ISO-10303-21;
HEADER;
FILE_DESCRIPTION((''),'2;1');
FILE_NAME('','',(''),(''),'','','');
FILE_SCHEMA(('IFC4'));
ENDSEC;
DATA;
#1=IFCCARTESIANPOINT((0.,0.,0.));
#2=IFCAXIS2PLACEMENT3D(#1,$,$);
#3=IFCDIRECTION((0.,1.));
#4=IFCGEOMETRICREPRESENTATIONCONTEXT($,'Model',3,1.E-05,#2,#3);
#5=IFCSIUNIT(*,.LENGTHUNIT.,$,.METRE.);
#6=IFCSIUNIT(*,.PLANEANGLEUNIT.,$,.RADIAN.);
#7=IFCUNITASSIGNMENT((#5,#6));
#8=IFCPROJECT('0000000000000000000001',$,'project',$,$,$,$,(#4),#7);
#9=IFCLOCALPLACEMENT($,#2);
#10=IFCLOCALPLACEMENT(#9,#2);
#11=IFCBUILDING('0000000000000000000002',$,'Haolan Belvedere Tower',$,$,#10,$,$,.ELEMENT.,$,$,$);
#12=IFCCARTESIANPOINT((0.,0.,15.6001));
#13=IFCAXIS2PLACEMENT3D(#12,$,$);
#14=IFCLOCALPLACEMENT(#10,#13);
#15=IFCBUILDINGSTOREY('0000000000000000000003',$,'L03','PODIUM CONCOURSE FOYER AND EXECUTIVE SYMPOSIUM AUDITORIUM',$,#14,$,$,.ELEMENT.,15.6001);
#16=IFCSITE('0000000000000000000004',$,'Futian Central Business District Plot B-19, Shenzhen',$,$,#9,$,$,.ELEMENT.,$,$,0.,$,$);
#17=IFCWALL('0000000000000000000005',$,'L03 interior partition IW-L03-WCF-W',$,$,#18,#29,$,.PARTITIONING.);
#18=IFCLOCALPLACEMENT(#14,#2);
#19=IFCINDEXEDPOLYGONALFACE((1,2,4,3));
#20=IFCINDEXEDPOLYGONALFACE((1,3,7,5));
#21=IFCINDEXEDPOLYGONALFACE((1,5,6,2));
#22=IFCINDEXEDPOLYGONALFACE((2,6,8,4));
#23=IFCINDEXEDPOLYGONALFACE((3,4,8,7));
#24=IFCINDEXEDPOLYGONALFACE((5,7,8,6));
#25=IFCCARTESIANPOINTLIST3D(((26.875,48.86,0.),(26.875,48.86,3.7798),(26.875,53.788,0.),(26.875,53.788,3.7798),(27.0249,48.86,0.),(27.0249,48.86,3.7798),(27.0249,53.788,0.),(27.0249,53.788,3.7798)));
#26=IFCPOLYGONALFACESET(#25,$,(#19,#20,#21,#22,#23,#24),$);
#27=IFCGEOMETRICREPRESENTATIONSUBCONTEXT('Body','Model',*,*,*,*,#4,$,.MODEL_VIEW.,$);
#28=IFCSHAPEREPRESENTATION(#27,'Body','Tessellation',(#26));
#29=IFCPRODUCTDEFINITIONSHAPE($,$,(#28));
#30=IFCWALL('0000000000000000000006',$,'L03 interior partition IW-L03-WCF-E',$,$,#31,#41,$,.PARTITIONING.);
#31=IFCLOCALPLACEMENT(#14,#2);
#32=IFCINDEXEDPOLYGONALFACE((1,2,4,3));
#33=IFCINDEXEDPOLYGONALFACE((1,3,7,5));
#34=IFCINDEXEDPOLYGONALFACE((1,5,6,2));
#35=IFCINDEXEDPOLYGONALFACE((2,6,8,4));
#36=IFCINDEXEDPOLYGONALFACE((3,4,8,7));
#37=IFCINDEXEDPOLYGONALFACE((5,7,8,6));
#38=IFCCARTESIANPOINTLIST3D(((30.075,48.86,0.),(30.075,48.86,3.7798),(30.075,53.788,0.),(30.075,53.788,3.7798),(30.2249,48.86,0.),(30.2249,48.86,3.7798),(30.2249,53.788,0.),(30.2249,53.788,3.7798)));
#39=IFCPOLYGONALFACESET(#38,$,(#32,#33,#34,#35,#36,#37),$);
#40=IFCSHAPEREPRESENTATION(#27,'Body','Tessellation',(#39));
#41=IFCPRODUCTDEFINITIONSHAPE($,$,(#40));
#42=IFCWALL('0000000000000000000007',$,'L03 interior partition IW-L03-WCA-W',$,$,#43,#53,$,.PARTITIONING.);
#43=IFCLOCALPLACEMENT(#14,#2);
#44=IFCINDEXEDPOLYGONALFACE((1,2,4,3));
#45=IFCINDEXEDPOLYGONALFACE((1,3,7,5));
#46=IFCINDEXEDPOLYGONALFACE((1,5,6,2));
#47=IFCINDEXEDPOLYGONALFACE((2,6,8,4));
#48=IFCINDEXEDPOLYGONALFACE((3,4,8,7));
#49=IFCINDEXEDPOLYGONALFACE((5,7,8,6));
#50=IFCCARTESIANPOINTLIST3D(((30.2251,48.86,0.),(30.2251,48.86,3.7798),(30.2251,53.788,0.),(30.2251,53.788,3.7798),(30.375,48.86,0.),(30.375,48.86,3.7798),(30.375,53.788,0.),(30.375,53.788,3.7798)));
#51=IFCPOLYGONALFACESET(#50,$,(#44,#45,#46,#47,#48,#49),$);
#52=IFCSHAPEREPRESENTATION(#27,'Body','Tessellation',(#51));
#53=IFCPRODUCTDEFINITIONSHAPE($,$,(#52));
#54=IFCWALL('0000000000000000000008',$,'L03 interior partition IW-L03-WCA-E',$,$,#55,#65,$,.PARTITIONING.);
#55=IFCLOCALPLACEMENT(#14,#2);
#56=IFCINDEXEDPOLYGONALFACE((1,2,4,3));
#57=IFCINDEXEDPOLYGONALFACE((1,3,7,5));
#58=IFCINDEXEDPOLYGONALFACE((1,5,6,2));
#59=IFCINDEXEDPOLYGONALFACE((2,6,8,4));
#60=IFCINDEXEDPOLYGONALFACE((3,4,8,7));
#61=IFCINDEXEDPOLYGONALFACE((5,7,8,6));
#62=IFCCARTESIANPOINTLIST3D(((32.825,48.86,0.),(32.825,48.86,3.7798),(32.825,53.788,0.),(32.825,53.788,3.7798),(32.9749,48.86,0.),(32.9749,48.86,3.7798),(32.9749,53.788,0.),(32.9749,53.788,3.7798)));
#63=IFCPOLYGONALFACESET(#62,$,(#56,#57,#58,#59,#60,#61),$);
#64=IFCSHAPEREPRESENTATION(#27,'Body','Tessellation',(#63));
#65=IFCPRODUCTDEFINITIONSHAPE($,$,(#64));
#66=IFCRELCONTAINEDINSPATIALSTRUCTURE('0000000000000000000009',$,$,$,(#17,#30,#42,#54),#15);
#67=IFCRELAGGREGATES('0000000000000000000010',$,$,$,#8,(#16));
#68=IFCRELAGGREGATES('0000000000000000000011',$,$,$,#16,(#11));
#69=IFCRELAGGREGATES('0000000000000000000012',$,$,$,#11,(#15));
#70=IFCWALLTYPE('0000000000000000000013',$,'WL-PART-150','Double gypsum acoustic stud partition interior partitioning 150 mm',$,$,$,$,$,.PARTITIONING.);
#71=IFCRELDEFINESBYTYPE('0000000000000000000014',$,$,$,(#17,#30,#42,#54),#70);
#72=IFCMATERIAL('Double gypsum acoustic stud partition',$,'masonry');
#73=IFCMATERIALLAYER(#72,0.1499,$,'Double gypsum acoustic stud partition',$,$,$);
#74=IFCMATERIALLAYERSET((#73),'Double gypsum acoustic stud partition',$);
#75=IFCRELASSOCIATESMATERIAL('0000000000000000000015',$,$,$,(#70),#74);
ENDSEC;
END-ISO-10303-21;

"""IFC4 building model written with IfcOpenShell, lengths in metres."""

from ifc_helpers import new_model, si_unit, direction, frame, frame_2d, origin, place, context, subcontext, project, spatial, rectangle, extrude, material, layer, layer_set, type_object, element, save


model = new_model("IFC4")

# Units and contexts
model_context = context("Model", 3, precision=1e-05, world=origin(), true_north=direction((0.0, 1.0)))
body_context = subcontext(model_context, "Body", "Model", "MODEL_VIEW")
ifc_project = project(units=[si_unit("LENGTHUNIT", "METRE"), si_unit("PLANEANGLEUNIT", "RADIAN")], contexts=[model_context])

# Site, building, storey
site_placement = place(None, origin())
site = spatial("IfcSite", under=ifc_project, at=site_placement, Name="Futian Central Business District Plot B-19, Shenzhen", CompositionType="ELEMENT", RefElevation=0.0)
building_placement = place(site_placement, origin())
building = spatial("IfcBuilding", under=site, at=building_placement, Name="Haolan Belvedere Tower", CompositionType="ELEMENT")
storey_placement = place(building_placement, frame((0.0, 0.0, 15.6001)))
storey = spatial("IfcBuildingStorey", under=building, at=storey_placement, Name="L03", Description="PODIUM CONCOURSE FOYER AND EXECUTIVE SYMPOSIUM AUDITORIUM", CompositionType="ELEMENT", Elevation=15.6001)

# Shared definitions
ifc_material_1 = material(Name="Double gypsum acoustic stud partition", Category="masonry")
ifc_layer_1 = layer(ifc_material_1, 0.1499, Name="Double gypsum acoustic stud partition")
ifc_layer_set_1 = layer_set([ifc_layer_1], Name="Double gypsum acoustic stud partition")
wall_type = type_object("IfcWallType", Name="WL-PART-150", Description="Double gypsum acoustic stud partition interior partitioning 150 mm", PredefinedType="PARTITIONING", material=ifc_layer_set_1)

# Walls
for number, where, z_axis, x_axis, name in (
    (1, (26.95, 48.8601, 0.0), (0.0, 0.0, 1.0), (0.0, 1.0, 0.0), "L03 interior partition IW-L03-WCF-W"),
    (2, (30.1499, 48.8601, 0.0), (0.0, 0.0, 1.0), (0.0, 1.0, 0.0), "L03 interior partition IW-L03-WCF-E"),
):
    element("IfcWall", number, at=place(storey_placement, frame(where, z_axis=z_axis, x_axis=x_axis)), inside=storey, type_object=wall_type, Name=name, PredefinedType="PARTITIONING", context=body_context, shape_type="SweptSolid", body=[
        extrude(rectangle(XDim=4.928, YDim=0.1499, at=frame_2d((2.4639, 0.0))), origin(), (0.0, 0.0, 1.0), 3.7798),
    ])

# Walls
for number, where, z_axis, x_axis, name in (
    (3, (30.3, 48.8601, 0.0), (0.0, 0.0, 1.0), (0.0, 1.0, 0.0), "L03 interior partition IW-L03-WCA-W"),
    (4, (32.8999, 48.8601, 0.0), (0.0, 0.0, 1.0), (0.0, 1.0, 0.0), "L03 interior partition IW-L03-WCA-E"),
):
    element("IfcWall", number, at=place(storey_placement, frame(where, z_axis=z_axis, x_axis=x_axis)), inside=storey, type_object=wall_type, Name=name, PredefinedType="PARTITIONING", context=body_context, shape_type="SweptSolid", body=[
        extrude(rectangle(XDim=4.928, YDim=0.1499, at=frame_2d((2.4639, 0.0))), origin(), (0.0, 0.0, 1.0), 3.7798),
    ])

save(model, "model.ifc")
